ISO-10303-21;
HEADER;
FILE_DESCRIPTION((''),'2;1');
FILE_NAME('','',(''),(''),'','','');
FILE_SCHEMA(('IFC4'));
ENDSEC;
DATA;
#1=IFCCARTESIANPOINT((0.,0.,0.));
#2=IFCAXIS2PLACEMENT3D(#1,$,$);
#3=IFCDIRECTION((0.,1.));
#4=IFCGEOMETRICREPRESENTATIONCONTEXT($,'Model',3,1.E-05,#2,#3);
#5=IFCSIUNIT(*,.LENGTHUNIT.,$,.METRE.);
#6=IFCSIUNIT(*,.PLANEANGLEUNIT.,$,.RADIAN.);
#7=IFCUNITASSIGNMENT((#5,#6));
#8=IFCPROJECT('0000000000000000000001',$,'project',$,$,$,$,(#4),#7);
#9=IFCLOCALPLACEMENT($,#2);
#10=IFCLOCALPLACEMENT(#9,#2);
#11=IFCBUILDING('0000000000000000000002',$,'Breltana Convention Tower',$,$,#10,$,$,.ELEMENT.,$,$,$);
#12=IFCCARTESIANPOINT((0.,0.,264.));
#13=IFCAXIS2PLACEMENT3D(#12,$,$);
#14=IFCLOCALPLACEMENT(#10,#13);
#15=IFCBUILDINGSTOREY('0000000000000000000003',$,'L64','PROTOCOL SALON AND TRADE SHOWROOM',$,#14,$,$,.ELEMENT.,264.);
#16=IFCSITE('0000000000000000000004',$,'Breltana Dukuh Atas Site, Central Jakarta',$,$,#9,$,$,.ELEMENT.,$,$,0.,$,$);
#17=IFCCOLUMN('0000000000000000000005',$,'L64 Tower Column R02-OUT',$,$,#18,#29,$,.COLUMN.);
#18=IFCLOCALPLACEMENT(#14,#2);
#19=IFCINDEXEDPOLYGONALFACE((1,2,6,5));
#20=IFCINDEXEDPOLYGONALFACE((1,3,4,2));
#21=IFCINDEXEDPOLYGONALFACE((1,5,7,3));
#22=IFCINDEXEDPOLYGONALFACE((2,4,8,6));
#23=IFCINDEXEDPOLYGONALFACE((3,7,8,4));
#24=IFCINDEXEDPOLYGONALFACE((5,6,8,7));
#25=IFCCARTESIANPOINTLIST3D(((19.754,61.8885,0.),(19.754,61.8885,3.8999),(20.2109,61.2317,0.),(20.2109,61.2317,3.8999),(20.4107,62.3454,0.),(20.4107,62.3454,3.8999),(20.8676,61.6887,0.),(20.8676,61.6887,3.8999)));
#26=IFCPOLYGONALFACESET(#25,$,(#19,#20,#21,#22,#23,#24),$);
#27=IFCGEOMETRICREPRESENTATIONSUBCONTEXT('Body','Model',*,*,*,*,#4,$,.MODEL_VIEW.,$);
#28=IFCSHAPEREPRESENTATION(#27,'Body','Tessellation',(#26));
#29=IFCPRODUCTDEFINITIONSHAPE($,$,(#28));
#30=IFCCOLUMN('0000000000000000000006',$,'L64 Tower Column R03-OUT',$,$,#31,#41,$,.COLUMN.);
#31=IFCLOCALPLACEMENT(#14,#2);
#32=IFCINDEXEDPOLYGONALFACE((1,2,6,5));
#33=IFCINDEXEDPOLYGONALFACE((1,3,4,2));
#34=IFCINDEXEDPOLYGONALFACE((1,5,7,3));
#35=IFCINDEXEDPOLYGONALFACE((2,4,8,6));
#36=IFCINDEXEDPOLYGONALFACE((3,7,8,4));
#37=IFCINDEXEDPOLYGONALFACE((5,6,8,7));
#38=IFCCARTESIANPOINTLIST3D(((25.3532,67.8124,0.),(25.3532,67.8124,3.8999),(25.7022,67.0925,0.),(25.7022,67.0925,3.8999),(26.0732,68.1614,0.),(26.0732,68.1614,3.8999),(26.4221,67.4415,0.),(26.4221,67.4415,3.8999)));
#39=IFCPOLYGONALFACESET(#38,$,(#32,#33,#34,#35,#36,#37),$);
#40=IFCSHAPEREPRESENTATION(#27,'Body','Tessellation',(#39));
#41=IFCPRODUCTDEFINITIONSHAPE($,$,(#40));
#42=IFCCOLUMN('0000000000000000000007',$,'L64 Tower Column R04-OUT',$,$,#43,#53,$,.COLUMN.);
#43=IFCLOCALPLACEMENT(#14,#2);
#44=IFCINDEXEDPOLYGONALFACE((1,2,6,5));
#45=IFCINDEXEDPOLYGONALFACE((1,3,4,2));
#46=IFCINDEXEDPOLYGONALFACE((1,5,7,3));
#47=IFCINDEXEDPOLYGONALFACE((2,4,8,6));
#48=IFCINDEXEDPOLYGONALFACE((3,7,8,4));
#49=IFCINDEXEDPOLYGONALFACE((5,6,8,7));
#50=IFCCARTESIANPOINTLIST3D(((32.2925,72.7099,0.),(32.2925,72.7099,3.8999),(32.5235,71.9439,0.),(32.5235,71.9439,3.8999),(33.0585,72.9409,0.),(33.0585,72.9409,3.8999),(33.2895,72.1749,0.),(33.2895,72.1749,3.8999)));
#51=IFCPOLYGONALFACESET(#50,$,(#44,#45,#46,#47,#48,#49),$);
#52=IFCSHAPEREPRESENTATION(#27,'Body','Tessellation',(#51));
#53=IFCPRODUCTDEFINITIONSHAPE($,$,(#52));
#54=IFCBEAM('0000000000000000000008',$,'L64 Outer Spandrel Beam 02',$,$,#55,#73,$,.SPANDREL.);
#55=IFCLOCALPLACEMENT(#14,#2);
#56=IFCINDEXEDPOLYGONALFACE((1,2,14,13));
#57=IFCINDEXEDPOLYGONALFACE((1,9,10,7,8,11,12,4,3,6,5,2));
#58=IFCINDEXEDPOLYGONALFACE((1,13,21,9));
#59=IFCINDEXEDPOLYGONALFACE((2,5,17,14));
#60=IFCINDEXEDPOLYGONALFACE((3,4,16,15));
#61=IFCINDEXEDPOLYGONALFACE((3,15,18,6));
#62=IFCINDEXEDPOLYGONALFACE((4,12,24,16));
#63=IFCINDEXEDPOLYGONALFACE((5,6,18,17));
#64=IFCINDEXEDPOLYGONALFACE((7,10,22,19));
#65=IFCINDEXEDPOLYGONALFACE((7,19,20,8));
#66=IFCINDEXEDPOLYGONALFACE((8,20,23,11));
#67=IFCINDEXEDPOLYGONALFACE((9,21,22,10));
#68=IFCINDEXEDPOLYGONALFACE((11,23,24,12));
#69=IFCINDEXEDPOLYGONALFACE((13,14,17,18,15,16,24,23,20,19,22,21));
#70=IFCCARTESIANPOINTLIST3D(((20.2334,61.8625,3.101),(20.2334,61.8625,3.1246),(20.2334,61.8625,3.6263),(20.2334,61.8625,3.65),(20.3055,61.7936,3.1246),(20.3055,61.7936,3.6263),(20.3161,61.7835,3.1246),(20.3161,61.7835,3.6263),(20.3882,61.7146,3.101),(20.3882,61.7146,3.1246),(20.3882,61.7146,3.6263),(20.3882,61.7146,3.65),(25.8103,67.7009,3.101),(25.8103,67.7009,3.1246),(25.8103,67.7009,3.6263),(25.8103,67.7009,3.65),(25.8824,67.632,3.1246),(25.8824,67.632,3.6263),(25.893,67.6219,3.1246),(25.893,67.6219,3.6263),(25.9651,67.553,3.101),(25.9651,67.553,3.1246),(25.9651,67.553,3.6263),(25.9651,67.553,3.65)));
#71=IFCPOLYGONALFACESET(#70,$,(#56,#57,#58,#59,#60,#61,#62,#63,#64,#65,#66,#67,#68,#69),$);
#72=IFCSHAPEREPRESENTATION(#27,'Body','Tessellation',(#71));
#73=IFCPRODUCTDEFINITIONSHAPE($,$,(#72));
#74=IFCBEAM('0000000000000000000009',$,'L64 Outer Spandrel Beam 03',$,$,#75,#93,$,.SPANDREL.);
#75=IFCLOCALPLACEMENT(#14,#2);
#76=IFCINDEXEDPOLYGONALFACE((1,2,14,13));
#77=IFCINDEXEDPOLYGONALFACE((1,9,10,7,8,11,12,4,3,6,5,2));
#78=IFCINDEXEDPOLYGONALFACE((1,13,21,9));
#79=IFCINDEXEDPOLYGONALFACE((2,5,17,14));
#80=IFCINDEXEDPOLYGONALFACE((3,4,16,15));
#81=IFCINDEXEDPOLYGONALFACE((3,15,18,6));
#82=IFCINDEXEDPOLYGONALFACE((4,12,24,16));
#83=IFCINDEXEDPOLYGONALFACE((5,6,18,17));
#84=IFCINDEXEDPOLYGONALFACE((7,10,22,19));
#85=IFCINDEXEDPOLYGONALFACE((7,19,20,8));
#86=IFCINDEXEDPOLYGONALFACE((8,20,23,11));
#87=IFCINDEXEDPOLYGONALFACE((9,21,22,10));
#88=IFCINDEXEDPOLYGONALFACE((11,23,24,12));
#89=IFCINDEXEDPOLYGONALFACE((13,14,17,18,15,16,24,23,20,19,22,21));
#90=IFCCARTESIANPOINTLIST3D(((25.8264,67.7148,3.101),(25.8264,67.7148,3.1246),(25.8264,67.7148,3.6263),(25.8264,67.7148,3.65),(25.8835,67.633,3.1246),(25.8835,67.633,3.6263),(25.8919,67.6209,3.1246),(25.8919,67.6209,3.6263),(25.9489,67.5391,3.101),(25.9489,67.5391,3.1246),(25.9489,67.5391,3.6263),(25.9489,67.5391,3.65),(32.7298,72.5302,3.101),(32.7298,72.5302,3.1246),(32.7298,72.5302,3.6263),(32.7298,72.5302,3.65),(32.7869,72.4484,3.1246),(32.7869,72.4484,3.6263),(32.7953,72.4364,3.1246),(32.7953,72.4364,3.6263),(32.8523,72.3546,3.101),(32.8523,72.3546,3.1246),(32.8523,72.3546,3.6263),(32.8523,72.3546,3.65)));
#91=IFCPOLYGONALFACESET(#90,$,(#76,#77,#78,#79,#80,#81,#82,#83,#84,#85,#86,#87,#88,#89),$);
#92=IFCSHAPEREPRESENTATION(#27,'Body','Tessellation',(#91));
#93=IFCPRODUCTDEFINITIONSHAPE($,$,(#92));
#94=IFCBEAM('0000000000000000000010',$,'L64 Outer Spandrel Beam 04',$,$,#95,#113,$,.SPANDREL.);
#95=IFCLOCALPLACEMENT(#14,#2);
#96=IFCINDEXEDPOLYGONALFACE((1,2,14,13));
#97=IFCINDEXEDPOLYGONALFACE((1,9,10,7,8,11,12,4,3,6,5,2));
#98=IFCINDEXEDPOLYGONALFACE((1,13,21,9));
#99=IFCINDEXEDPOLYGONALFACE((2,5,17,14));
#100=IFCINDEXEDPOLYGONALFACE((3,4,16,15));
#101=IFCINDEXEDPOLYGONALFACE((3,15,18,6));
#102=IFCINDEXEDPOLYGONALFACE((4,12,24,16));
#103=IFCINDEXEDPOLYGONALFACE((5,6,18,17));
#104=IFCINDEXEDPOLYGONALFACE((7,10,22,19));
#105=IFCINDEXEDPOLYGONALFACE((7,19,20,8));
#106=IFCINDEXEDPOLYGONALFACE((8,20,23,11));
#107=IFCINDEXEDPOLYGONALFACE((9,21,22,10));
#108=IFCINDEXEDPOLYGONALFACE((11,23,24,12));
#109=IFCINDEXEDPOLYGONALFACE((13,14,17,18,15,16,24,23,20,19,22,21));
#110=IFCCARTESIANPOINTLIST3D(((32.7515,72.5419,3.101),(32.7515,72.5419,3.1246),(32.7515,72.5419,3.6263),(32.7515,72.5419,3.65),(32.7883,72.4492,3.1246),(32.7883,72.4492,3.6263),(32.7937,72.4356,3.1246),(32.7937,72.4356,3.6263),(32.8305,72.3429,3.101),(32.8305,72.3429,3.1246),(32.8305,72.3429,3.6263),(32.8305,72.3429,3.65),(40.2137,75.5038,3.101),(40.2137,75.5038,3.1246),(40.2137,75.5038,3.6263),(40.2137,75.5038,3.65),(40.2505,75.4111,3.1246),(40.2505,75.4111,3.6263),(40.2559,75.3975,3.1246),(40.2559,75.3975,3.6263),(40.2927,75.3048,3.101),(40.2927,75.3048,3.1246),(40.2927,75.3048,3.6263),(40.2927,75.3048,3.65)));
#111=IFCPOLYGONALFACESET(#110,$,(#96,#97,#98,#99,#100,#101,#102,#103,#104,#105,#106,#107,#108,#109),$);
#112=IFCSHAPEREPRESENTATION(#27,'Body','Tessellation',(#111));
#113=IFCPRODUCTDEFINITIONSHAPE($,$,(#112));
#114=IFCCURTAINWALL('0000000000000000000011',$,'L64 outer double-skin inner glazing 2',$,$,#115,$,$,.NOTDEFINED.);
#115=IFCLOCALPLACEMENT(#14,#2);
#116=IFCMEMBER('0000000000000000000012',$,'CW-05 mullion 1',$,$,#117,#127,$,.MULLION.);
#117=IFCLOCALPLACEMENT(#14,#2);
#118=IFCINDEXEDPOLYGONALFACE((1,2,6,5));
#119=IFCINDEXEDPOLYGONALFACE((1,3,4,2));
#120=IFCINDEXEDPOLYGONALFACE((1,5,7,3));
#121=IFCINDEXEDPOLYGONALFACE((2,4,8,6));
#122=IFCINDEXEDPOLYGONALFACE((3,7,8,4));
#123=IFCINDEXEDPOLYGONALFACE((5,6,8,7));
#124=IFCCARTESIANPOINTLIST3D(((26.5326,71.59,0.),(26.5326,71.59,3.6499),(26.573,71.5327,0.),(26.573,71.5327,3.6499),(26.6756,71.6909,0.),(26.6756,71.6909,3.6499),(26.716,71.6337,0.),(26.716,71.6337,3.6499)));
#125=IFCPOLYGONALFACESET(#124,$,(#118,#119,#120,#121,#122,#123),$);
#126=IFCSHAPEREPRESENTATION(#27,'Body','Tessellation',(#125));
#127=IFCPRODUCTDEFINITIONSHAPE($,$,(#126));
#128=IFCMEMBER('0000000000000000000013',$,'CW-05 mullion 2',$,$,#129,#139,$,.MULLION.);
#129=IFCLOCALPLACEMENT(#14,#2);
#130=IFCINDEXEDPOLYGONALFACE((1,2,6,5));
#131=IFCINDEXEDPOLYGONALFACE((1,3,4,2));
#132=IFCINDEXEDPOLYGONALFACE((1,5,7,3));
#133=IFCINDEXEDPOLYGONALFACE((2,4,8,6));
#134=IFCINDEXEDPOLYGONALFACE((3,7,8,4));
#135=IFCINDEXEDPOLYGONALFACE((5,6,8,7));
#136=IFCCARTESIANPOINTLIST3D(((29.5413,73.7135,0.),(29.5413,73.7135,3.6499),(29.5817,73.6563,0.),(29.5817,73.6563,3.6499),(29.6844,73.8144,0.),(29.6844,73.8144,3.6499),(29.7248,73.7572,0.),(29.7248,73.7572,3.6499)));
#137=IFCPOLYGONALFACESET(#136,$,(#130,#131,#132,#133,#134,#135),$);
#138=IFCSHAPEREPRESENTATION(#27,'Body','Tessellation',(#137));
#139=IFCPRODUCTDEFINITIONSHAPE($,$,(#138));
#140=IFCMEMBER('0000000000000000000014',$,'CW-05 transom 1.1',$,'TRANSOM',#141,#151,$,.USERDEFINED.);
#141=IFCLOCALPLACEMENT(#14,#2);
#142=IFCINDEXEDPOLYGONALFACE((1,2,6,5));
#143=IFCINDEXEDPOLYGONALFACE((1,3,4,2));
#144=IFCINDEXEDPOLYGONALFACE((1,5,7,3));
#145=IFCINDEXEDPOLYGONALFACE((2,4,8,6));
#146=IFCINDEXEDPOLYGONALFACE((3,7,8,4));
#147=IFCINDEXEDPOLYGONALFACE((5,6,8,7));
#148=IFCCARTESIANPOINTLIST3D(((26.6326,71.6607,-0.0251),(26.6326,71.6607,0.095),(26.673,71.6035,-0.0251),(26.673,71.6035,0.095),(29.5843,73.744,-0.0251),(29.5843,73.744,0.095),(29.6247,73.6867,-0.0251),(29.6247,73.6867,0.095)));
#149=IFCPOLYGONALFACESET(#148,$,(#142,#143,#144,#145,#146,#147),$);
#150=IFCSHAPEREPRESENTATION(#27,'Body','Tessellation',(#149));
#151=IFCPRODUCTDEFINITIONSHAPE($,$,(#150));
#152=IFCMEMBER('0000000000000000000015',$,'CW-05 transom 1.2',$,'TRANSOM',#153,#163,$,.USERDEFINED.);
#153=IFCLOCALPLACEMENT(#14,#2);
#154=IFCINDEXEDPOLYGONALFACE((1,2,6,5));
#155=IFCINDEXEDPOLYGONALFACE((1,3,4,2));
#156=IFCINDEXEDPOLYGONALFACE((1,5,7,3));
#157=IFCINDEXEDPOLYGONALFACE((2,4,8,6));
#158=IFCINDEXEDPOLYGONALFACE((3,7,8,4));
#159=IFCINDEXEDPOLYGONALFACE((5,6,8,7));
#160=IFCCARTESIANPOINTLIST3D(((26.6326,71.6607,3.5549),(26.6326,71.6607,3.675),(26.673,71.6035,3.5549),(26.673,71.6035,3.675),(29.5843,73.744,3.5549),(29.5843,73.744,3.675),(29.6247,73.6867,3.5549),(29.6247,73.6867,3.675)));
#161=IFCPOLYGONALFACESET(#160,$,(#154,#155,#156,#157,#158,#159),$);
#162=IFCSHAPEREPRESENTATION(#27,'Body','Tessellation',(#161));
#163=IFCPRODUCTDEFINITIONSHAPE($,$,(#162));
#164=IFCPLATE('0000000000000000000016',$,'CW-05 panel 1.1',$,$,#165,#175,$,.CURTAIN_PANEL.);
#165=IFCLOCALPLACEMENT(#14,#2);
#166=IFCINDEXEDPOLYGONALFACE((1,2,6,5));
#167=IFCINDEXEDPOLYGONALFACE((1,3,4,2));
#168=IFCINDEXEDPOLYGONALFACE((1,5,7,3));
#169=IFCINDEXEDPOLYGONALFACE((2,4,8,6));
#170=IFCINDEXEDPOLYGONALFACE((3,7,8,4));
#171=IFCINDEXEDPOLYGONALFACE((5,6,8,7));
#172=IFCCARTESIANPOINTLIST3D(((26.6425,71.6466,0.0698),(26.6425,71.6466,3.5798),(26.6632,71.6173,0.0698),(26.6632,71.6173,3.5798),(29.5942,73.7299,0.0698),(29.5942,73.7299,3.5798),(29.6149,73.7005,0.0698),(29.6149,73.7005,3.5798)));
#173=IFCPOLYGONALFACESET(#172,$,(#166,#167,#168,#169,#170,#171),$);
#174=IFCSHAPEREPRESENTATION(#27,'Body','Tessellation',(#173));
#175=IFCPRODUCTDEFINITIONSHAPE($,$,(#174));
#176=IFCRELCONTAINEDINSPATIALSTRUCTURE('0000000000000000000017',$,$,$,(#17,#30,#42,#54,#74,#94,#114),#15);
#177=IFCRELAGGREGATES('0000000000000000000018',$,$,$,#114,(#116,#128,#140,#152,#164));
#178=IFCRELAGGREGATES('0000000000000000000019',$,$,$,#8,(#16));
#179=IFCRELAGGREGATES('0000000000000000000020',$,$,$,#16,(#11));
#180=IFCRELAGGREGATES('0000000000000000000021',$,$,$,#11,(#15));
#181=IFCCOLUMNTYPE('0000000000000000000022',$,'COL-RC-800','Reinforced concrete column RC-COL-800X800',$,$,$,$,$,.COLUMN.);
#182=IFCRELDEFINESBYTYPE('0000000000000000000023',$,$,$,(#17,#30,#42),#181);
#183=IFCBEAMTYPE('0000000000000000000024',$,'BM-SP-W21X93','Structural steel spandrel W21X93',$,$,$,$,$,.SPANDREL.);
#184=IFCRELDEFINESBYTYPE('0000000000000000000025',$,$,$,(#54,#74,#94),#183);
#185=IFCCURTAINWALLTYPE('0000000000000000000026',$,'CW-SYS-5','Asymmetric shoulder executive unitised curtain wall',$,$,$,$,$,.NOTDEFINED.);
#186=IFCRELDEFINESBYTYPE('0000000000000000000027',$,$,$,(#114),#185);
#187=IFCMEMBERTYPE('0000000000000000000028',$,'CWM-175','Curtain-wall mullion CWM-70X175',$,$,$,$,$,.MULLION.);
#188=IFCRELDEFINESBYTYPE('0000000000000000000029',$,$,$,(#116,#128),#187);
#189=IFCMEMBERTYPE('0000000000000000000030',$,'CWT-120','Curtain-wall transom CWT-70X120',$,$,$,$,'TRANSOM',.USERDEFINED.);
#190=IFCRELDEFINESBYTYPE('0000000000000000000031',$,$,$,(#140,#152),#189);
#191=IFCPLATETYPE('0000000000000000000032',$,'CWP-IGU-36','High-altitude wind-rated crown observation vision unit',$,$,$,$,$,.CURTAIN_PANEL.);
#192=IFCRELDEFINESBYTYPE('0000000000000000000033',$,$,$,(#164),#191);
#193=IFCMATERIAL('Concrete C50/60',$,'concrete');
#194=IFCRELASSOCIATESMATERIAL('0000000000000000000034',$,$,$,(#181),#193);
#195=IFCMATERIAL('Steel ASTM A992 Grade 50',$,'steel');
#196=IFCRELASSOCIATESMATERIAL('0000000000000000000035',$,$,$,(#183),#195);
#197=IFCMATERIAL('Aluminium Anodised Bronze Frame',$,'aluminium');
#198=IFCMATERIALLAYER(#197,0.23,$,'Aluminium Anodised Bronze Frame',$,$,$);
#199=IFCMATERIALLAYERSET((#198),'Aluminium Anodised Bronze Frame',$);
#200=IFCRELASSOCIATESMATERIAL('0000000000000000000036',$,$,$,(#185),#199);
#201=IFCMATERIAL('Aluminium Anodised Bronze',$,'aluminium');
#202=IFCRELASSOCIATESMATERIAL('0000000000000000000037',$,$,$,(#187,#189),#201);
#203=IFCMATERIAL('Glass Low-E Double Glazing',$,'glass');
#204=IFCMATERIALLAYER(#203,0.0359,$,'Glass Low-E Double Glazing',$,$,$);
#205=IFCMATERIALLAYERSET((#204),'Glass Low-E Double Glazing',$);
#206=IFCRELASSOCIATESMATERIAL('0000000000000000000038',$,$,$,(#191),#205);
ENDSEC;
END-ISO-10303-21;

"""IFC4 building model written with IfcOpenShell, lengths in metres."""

from ifc_helpers import new_model, si_unit, direction, frame, origin, origin_2d, place, context, subcontext, project, spatial, rectangle, i_section, extrude, source, transform, mapped, material, layer, layer_set, material_profile, profile_set, type_object, element, aggregate, save


model = new_model("IFC4")

# Units and contexts
model_context = context("Model", 3, precision=1e-05, world=origin(), true_north=direction((0.0, 1.0)))
body_context = subcontext(model_context, "Body", "Model", "MODEL_VIEW")
ifc_project = project(units=[si_unit("LENGTHUNIT", "METRE"), si_unit("PLANEANGLEUNIT", "RADIAN")], contexts=[model_context])

# Site, building, storey
site_placement = place(None, origin())
site = spatial("IfcSite", under=ifc_project, at=site_placement, Name="Breltana Dukuh Atas Site, Central Jakarta", CompositionType="ELEMENT", RefElevation=0.0)
building_placement = place(site_placement, origin())
building = spatial("IfcBuilding", under=site, at=building_placement, Name="Breltana Convention Tower", CompositionType="ELEMENT")
storey_placement = place(building_placement, frame((0.0, 0.0, 264.0)))
storey = spatial("IfcBuildingStorey", under=building, at=storey_placement, Name="L64", Description="PROTOCOL SALON AND TRADE SHOWROOM", CompositionType="ELEMENT", Elevation=264.0)

# Columns
ifc_material_1 = material(Name="Concrete C50/60", Category="concrete")
ifc_material_profile_1 = material_profile(ifc_material_1, rectangle(XDim=0.8, YDim=0.8, at=origin_2d()), Name="RC-COL-800X800")
ifc_profile_set_1 = profile_set([ifc_material_profile_1], Name="Concrete C50/60")
column_type = type_object("IfcColumnType", Name="COL-RC-800", Description="Reinforced concrete column RC-COL-800X800", PredefinedType="COLUMN", material=ifc_profile_set_1)
shared_shape_1 = source(origin(), body_context, "Body", "SweptSolid", [
    extrude(rectangle(XDim=0.8, YDim=0.8, at=origin_2d()), origin(), (0.0, 0.0, 1.0), 3.8999),
])
for number, where, z_axis, x_axis, name in (
    (1, (20.3108, 61.7886, 0.0), (0.0, 0.0, 1.0), (-0.571143, 0.82085, 0.0), "L64 Tower Column R02-OUT"),
    (2, (25.8877, 67.627, 0.0), (0.0, 0.0, 1.0), (-0.436174, 0.899863, 0.0), "L64 Tower Column R03-OUT"),
    (3, (32.791, 72.4424, 0.0), (0.0, 0.0, 1.0), (-0.288698, 0.95742, 0.0), "L64 Tower Column R04-OUT"),
):
    element("IfcColumn", number, at=place(storey_placement, frame(where, z_axis=z_axis, x_axis=x_axis)), inside=storey, type_object=column_type, Name=name, PredefinedType="COLUMN", context=body_context, shape_type="MappedRepresentation", body=[
        mapped(shared_shape_1, transform((0.0, 0.0, 0.0), scale=1.0)),
    ])

# Beams
ifc_material_2 = material(Name="Steel ASTM A992 Grade 50", Category="steel")
ifc_material_profile_2 = material_profile(ifc_material_2, i_section(OverallWidth=0.2141, OverallDepth=0.5491, WebThickness=0.0146, FlangeThickness=0.0237, at=origin_2d()), Name="W21X93")
ifc_profile_set_2 = profile_set([ifc_material_profile_2], Name="Steel ASTM A992 Grade 50")
beam_type = type_object("IfcBeamType", Name="BM-SP-W21X93", Description="Structural steel spandrel W21X93", PredefinedType="SPANDREL", material=ifc_profile_set_2)
shared_shape_2 = source(origin(), body_context, "Body", "SweptSolid", [
    extrude(i_section(OverallWidth=0.2141, OverallDepth=0.5491, WebThickness=0.0146, FlangeThickness=0.0237, at=origin_2d()), origin(), (0.0, 0.0, 1.0), 8.074),
])
beam_1_placement = place(storey_placement, frame((20.3108, 61.7886, 3.3755), z_axis=(0.690729, 0.723114, 0.0), x_axis=(-0.723114, 0.690729, 0.0)))
element("IfcBeam", 4, at=beam_1_placement, inside=storey, type_object=beam_type, Name="L64 Outer Spandrel Beam 02", PredefinedType="SPANDREL", context=body_context, shape_type="MappedRepresentation", body=[
    mapped(shared_shape_2, transform((0.0, 0.0, 0.0), scale=1.0)),
])
shared_shape_3 = source(origin(), body_context, "Body", "SweptSolid", [
    extrude(i_section(OverallWidth=0.2141, OverallDepth=0.5491, WebThickness=0.0146, FlangeThickness=0.0237, at=origin_2d()), origin(), (0.0, 0.0, 1.0), 8.417),
])
beam_2_placement = place(storey_placement, frame((25.8877, 67.627, 3.3755), z_axis=(0.820174, 0.572114, 0.0), x_axis=(-0.572114, 0.820174, 0.0)))
element("IfcBeam", 5, at=beam_2_placement, inside=storey, type_object=beam_type, Name="L64 Outer Spandrel Beam 03", PredefinedType="SPANDREL", context=body_context, shape_type="MappedRepresentation", body=[
    mapped(shared_shape_3, transform((0.0, 0.0, 0.0), scale=1.0)),
])
shared_shape_4 = source(origin(), body_context, "Body", "SweptSolid", [
    extrude(i_section(OverallWidth=0.2141, OverallDepth=0.5491, WebThickness=0.0146, FlangeThickness=0.0237, at=origin_2d()), origin(), (0.0, 0.0, 1.0), 8.0286),
])
beam_3_placement = place(storey_placement, frame((32.791, 72.4424, 3.3755), z_axis=(0.929459, 0.368925, 0.0), x_axis=(-0.368925, 0.929459, 0.0)))
element("IfcBeam", 6, at=beam_3_placement, inside=storey, type_object=beam_type, Name="L64 Outer Spandrel Beam 04", PredefinedType="SPANDREL", context=body_context, shape_type="MappedRepresentation", body=[
    mapped(shared_shape_4, transform((0.0, 0.0, 0.0), scale=1.0)),
])

# Curtain wall, members, plate
ifc_material_3 = material(Name="Aluminium Anodised Bronze Frame", Category="aluminium")
ifc_layer_1 = layer(ifc_material_3, 0.23, Name="Aluminium Anodised Bronze Frame")
ifc_layer_set_1 = layer_set([ifc_layer_1], Name="Aluminium Anodised Bronze Frame")
curtain_wall_type = type_object("IfcCurtainWallType", Name="CW-SYS-5", Description="Asymmetric shoulder executive unitised curtain wall", PredefinedType="NOTDEFINED", material=ifc_layer_set_1)
curtain_wall_placement = place(storey_placement, origin())
curtain_wall = element("IfcCurtainWall", 7, at=curtain_wall_placement, inside=storey, type_object=curtain_wall_type, Name="L64 outer double-skin inner glazing 2", PredefinedType="NOTDEFINED")
ifc_material_4 = material(Name="Aluminium Anodised Bronze", Category="aluminium")
ifc_material_profile_3 = material_profile(ifc_material_4, rectangle(XDim=0.0701, YDim=0.175, at=origin_2d()), Name="CWM-70X175")
ifc_profile_set_3 = profile_set([ifc_material_profile_3], Name="Aluminium Anodised Bronze")
member_type_1 = type_object("IfcMemberType", Name="CWM-175", Description="Curtain-wall mullion CWM-70X175", PredefinedType="MULLION", material=ifc_profile_set_3)
shared_shape_5 = source(origin(), body_context, "Body", "SweptSolid", [
    extrude(rectangle(XDim=0.0701, YDim=0.175, at=origin_2d()), origin(), (0.0, 0.0, 1.0), 3.6499),
])
member_1_placement = place(storey_placement, frame((26.6243, 71.6118, 0.0), z_axis=(0.0, 0.0, 1.0), x_axis=(-0.576624, 0.81701, 0.0)))
member_1 = element("IfcMember", 8, at=member_1_placement, type_object=member_type_1, Name="CW-05 mullion 1", PredefinedType="MULLION", context=body_context, shape_type="MappedRepresentation", body=[
    mapped(shared_shape_5, transform((0.0, 0.0, 0.0), scale=1.0)),
])
member_2_placement = place(storey_placement, frame((29.6331, 73.7354, 0.0), z_axis=(0.0, 0.0, 1.0), x_axis=(-0.576624, 0.81701, 0.0)))
member_2 = element("IfcMember", 9, at=member_2_placement, type_object=member_type_1, Name="CW-05 mullion 2", PredefinedType="MULLION", context=body_context, shape_type="MappedRepresentation", body=[
    mapped(shared_shape_5, transform((0.0, 0.0, 0.0), scale=1.0)),
])
ifc_material_profile_4 = material_profile(ifc_material_4, rectangle(XDim=0.0701, YDim=0.1201, at=origin_2d()), Name="CWT-70X120")
ifc_profile_set_4 = profile_set([ifc_material_profile_4], Name="Aluminium Anodised Bronze")
member_type_2 = type_object("IfcMemberType", Name="CWT-120", Description="Curtain-wall transom CWT-70X120", ElementType="TRANSOM", PredefinedType="USERDEFINED", material=ifc_profile_set_4)
shared_shape_6 = source(origin(), body_context, "Body", "SweptSolid", [
    extrude(rectangle(XDim=0.0701, YDim=0.1201, at=origin_2d()), origin(), (0.0, 0.0, 1.0), 3.6128),
])
member_3_placement = place(storey_placement, frame((26.6528, 71.6321, 0.0349), z_axis=(0.817003, 0.576633, 0.0), x_axis=(-0.576633, 0.817003, 0.0)))
member_3 = element("IfcMember", 10, at=member_3_placement, type_object=member_type_2, Name="CW-05 transom 1.1", ObjectType="TRANSOM", PredefinedType="USERDEFINED", context=body_context, shape_type="MappedRepresentation", body=[
    mapped(shared_shape_6, transform((0.0, 0.0, 0.0), scale=1.0)),
])
member_4_placement = place(storey_placement, frame((26.6528, 71.6321, 3.615), z_axis=(0.817003, 0.576633, 0.0), x_axis=(-0.576633, 0.817003, 0.0)))
member_4 = element("IfcMember", 11, at=member_4_placement, type_object=member_type_2, Name="CW-05 transom 1.2", ObjectType="TRANSOM", PredefinedType="USERDEFINED", context=body_context, shape_type="MappedRepresentation", body=[
    mapped(shared_shape_6, transform((0.0, 0.0, 0.0), scale=1.0)),
])
ifc_material_5 = material(Name="Glass Low-E Double Glazing", Category="glass")
ifc_layer_2 = layer(ifc_material_5, 0.0359, Name="Glass Low-E Double Glazing")
ifc_layer_set_2 = layer_set([ifc_layer_2], Name="Glass Low-E Double Glazing")
plate_type = type_object("IfcPlateType", Name="CWP-IGU-36", Description="High-altitude wind-rated crown observation vision unit", PredefinedType="CURTAIN_PANEL", material=ifc_layer_set_2)
shared_shape_7 = source(origin(), body_context, "Body", "SweptSolid", [
    extrude(rectangle(XDim=3.6128, YDim=0.0359, at=origin_2d()), origin(), (0.0, 0.0, 1.0), 3.51),
])
plate_placement = place(storey_placement, frame((28.1287, 72.6736, 0.0698), z_axis=(0.0, 0.0, 1.0), x_axis=(0.81701, 0.576624, 0.0)))
plate = element("IfcPlate", 12, at=plate_placement, type_object=plate_type, Name="CW-05 panel 1.1", PredefinedType="CURTAIN_PANEL", context=body_context, shape_type="MappedRepresentation", body=[
    mapped(shared_shape_7, transform((0.0, 0.0, 0.0), scale=1.0)),
])
aggregate(curtain_wall, [member_1, member_2, member_3, member_4, plate])

save(model, "model.ifc")
